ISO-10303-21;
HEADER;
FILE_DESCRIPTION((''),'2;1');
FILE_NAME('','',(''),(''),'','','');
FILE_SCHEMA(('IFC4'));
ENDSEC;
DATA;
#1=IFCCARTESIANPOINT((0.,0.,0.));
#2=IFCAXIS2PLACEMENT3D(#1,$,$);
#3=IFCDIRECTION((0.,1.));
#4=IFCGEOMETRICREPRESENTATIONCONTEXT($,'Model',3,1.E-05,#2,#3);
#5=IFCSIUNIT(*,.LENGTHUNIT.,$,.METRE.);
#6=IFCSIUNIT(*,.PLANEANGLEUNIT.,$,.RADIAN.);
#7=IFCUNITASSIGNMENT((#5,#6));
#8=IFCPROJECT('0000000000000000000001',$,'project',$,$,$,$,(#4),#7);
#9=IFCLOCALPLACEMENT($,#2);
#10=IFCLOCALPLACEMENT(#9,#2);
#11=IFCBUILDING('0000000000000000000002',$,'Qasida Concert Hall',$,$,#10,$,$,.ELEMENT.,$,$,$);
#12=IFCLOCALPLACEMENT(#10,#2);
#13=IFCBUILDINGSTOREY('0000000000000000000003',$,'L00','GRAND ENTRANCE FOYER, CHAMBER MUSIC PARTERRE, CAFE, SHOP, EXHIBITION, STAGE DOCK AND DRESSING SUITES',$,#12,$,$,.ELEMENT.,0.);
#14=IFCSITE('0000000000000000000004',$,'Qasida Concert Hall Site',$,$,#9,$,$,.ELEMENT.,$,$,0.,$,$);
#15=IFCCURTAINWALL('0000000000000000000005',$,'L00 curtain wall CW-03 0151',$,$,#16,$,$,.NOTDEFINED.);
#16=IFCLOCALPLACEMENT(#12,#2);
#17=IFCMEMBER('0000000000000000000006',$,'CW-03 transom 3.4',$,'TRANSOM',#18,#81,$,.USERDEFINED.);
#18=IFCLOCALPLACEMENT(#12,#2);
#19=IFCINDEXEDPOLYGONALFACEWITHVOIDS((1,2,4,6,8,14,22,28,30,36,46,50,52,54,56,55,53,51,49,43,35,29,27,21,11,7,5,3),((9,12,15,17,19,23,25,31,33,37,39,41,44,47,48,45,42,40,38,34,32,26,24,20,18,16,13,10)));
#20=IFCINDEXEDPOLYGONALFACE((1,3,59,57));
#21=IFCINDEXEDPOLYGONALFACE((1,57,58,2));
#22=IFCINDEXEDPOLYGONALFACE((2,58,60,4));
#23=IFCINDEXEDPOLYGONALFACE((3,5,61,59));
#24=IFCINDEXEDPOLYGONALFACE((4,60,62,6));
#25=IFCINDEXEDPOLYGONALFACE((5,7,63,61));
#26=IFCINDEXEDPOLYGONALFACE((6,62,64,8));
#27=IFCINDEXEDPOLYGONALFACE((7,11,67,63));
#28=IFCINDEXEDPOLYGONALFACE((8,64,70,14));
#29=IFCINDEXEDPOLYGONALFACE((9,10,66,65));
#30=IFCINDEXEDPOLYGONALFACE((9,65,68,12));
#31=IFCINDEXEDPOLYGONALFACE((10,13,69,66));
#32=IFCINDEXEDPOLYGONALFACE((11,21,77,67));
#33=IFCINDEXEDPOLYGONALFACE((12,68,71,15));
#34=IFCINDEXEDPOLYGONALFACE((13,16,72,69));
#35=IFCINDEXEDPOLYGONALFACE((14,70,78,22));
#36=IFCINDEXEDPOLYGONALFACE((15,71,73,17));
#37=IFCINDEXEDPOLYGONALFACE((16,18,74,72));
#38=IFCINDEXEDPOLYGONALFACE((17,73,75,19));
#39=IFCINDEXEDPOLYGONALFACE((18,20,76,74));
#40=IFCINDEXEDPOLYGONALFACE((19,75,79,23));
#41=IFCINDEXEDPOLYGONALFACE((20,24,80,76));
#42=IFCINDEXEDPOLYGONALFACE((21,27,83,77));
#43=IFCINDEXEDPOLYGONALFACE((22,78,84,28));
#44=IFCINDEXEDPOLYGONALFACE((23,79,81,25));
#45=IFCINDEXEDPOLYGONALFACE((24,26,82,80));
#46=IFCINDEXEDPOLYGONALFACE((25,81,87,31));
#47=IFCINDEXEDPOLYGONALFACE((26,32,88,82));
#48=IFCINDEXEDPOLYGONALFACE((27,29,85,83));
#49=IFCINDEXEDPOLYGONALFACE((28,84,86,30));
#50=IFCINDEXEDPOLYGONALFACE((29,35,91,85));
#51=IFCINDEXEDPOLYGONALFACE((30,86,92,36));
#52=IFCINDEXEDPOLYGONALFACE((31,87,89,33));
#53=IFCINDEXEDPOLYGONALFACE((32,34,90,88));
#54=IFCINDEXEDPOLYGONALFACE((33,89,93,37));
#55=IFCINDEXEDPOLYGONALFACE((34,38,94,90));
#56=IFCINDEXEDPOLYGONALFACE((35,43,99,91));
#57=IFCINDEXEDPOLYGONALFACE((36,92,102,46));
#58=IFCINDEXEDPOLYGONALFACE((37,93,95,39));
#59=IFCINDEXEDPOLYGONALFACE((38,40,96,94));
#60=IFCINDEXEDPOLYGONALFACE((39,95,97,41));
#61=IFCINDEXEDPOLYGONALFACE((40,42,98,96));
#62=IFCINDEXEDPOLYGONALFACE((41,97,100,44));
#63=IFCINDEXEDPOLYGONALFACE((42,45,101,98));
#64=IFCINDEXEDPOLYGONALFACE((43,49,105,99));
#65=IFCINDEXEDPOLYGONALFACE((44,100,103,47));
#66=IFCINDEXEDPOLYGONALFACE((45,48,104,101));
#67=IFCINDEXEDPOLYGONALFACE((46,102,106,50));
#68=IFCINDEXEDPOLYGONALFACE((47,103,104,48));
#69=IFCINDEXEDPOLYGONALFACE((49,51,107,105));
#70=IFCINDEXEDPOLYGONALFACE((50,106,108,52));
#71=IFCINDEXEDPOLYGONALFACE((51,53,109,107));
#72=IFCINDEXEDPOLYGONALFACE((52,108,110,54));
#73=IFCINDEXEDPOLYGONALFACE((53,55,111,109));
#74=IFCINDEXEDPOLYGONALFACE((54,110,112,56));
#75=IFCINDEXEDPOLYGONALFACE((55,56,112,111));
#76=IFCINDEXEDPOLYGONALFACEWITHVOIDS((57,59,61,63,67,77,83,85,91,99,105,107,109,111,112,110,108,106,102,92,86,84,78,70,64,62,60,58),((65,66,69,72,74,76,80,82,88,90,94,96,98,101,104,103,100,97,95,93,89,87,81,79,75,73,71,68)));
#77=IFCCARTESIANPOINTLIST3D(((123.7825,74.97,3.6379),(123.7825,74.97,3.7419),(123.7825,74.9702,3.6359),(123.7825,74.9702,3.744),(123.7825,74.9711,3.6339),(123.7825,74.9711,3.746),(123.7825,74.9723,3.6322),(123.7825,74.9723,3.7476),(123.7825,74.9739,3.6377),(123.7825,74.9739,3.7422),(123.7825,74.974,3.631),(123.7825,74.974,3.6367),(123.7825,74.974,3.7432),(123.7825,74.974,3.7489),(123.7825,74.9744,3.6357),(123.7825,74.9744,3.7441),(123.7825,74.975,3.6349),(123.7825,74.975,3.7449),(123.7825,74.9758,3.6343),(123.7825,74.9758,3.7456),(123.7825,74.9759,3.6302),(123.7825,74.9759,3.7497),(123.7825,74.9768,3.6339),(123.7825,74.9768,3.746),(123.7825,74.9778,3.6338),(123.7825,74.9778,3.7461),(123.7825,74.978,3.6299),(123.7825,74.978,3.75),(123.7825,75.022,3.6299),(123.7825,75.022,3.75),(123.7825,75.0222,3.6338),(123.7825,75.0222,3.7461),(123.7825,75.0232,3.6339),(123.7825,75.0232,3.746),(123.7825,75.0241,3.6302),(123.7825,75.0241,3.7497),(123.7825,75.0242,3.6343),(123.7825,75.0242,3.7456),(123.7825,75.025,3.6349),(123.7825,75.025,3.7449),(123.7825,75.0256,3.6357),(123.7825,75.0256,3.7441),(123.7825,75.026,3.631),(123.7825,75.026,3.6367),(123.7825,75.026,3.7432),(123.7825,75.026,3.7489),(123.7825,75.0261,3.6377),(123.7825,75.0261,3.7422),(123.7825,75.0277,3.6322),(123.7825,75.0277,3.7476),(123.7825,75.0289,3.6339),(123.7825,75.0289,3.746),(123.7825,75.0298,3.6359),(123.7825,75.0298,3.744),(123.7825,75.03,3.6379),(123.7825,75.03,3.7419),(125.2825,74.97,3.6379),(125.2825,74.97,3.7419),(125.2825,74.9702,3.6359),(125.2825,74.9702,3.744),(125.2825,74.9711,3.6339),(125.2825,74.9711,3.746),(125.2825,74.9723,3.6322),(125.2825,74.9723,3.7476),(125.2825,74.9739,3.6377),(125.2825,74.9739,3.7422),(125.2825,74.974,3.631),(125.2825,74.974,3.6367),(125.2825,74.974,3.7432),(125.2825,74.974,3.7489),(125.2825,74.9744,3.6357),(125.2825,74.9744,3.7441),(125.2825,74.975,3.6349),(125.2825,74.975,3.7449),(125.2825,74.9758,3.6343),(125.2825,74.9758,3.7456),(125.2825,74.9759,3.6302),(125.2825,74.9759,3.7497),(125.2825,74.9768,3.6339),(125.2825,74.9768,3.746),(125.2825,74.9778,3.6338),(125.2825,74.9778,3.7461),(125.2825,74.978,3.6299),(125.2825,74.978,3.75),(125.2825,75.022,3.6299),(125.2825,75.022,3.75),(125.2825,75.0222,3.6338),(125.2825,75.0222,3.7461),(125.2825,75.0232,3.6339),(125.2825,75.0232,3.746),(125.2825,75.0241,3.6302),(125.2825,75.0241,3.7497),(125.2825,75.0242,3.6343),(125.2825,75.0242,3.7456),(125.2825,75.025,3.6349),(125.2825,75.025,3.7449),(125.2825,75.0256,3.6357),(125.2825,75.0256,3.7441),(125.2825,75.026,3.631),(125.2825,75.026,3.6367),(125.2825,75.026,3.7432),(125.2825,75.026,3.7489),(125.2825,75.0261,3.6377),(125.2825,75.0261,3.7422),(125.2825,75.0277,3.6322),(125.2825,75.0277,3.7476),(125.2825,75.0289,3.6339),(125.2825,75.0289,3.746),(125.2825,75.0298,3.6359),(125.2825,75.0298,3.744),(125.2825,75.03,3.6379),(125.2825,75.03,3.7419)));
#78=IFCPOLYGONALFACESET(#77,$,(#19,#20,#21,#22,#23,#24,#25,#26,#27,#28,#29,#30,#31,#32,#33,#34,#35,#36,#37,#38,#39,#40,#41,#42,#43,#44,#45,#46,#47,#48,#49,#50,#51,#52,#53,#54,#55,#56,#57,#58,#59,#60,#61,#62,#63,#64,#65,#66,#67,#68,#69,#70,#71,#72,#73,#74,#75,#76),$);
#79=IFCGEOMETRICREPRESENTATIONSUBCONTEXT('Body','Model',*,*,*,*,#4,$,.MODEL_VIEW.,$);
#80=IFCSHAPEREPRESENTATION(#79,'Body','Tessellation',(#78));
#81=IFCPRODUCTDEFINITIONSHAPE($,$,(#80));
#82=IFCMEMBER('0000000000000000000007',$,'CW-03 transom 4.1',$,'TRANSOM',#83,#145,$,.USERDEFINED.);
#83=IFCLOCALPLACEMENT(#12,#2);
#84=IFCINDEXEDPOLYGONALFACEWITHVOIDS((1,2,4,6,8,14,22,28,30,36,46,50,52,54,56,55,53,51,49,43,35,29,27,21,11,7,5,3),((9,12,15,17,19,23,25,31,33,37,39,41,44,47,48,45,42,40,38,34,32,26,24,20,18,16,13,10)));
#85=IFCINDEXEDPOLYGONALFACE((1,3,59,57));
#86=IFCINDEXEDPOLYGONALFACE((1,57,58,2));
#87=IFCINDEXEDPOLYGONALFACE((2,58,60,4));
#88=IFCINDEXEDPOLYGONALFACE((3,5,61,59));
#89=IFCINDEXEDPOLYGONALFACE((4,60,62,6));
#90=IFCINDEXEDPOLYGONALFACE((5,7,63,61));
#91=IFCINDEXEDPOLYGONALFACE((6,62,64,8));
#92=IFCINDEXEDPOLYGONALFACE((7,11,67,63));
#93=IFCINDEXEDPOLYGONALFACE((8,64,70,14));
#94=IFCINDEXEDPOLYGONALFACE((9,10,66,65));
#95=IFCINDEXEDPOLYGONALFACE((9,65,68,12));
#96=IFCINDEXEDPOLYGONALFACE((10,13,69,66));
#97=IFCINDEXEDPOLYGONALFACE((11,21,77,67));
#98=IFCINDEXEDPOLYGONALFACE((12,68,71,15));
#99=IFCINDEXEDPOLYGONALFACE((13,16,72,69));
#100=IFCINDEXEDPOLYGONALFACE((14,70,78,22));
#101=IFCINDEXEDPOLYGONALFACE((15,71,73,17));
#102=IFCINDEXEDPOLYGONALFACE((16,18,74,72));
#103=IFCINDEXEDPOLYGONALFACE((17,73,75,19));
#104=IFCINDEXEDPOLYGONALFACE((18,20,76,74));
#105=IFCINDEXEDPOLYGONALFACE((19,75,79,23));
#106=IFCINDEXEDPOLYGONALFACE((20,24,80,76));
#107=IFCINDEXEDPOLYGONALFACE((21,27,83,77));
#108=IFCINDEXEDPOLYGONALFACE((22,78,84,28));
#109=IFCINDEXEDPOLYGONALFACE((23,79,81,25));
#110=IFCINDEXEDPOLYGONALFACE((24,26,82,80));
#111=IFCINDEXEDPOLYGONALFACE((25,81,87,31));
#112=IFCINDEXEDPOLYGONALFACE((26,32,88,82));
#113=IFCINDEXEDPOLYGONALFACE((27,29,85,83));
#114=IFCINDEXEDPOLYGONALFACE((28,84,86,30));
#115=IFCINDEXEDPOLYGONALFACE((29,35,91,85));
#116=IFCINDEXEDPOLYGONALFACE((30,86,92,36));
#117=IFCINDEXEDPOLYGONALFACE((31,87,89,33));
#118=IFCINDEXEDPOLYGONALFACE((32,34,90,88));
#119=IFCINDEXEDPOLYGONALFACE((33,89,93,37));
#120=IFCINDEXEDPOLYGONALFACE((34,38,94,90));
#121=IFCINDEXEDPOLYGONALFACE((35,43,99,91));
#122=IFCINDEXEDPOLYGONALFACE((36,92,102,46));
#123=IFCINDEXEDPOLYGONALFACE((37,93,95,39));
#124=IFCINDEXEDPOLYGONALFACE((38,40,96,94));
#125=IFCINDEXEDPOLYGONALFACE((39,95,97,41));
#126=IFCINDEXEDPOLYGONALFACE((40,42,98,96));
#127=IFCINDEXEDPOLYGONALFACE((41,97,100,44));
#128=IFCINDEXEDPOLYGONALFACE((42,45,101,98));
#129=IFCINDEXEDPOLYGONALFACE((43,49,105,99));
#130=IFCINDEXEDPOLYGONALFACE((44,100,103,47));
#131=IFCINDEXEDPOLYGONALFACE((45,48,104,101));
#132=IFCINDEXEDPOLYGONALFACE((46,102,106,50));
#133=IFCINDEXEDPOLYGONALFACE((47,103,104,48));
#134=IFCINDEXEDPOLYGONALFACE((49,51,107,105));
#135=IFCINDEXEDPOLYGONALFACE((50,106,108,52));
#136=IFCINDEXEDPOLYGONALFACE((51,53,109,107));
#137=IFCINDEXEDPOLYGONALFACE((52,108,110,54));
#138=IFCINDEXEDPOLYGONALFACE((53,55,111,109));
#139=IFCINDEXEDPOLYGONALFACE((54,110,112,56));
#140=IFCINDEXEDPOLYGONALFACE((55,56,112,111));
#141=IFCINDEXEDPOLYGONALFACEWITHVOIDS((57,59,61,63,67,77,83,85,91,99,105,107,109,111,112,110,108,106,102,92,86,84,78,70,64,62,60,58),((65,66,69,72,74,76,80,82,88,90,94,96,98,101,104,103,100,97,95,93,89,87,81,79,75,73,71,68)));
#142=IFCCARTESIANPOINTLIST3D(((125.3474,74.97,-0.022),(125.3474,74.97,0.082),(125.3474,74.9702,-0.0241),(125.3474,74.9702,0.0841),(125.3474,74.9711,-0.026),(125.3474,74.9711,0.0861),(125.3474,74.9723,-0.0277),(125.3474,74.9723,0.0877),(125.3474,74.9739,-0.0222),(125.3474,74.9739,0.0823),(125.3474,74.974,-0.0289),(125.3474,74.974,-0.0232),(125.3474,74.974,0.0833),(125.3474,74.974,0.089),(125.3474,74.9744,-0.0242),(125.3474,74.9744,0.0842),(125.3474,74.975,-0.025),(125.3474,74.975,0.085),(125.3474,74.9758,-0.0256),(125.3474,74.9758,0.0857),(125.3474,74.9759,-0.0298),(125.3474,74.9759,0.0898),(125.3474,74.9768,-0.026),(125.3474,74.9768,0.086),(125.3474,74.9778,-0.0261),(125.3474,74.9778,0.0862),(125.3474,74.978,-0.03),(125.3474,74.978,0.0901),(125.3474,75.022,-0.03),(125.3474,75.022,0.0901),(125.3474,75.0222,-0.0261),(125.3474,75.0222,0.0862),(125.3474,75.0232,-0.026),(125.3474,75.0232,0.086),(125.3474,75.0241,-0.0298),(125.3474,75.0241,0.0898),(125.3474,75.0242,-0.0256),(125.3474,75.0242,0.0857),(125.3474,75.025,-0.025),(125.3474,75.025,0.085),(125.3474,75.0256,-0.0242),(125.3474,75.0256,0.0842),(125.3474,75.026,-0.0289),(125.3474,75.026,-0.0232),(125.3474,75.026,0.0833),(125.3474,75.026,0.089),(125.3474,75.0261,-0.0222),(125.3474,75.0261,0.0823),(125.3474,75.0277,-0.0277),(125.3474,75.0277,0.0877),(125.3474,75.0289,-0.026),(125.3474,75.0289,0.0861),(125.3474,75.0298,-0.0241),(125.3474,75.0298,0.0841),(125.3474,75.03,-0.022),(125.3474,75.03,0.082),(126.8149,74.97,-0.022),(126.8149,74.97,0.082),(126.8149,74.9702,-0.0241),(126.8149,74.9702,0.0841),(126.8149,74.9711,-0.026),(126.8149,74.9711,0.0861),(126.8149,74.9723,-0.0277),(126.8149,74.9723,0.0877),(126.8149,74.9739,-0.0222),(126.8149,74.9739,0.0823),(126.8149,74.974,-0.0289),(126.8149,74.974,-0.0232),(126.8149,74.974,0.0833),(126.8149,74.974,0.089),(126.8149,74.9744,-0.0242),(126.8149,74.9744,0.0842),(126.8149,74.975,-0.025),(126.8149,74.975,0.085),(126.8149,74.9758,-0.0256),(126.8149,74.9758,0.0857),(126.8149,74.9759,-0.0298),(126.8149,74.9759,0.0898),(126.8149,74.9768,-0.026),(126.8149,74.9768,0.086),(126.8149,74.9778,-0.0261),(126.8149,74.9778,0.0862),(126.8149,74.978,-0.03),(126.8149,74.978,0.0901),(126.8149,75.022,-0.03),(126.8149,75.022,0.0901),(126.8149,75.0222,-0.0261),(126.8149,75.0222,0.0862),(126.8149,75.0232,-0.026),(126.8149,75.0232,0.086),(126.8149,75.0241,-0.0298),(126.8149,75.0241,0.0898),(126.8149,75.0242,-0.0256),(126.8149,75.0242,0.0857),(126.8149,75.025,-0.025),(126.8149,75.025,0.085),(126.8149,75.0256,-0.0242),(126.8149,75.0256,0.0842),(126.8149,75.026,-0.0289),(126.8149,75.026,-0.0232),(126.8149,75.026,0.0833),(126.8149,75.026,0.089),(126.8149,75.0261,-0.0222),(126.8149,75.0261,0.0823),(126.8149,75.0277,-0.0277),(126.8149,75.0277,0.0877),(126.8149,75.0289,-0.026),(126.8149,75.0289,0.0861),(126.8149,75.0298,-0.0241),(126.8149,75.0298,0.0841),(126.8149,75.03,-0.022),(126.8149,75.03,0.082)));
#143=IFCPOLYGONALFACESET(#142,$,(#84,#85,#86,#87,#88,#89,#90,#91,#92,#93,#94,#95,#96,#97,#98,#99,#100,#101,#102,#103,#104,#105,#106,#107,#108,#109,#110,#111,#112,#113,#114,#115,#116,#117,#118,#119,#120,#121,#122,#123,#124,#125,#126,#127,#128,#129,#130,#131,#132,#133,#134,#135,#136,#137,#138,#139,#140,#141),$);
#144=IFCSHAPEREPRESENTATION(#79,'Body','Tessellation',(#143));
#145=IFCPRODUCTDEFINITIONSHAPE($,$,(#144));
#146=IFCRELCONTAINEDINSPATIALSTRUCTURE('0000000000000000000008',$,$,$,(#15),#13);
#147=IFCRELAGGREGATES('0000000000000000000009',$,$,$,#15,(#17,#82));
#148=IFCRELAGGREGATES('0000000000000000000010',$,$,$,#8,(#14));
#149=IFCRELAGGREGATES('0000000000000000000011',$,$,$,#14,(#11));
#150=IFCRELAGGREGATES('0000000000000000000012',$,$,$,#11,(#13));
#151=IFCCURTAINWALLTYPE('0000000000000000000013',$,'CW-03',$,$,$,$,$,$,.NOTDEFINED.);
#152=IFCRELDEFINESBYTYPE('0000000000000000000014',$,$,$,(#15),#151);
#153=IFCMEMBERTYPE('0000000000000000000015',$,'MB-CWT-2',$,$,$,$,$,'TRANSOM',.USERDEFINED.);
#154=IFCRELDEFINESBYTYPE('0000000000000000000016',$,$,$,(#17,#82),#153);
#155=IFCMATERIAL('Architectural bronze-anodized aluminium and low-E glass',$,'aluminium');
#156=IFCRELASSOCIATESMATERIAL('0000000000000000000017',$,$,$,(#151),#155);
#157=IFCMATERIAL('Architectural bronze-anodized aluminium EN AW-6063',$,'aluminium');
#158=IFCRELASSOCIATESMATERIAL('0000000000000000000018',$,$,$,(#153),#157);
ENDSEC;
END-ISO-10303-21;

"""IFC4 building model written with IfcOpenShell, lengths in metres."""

from ifc_helpers import new_model, si_unit, direction, frame, origin, origin_2d, place, context, subcontext, project, spatial, hollow_rectangle, extrude, material, material_profile, profile_set, type_object, element, aggregate, save


model = new_model("IFC4")

# Units and contexts
model_context = context("Model", 3, precision=1e-05, world=origin(), true_north=direction((0.0, 1.0)))
body_context = subcontext(model_context, "Body", "Model", "MODEL_VIEW")
ifc_project = project(units=[si_unit("LENGTHUNIT", "METRE"), si_unit("PLANEANGLEUNIT", "RADIAN")], contexts=[model_context])

# Site, building, storey
site_placement = place(None, origin())
site = spatial("IfcSite", under=ifc_project, at=site_placement, Name="Qasida Concert Hall Site", CompositionType="ELEMENT", RefElevation=0.0)
building_placement = place(site_placement, origin())
building = spatial("IfcBuilding", under=site, at=building_placement, Name="Qasida Concert Hall", CompositionType="ELEMENT")
storey_placement = place(building_placement, origin())
storey = spatial("IfcBuildingStorey", under=building, at=storey_placement, Name="L00", Description="GRAND ENTRANCE FOYER, CHAMBER MUSIC PARTERRE, CAFE, SHOP, EXHIBITION, STAGE DOCK AND DRESSING SUITES", CompositionType="ELEMENT", Elevation=0.0)

# Curtain wall, members
ifc_material_1 = material(Name="Architectural bronze-anodized aluminium and low-E glass", Category="aluminium")
curtain_wall_type = type_object("IfcCurtainWallType", Name="CW-03", PredefinedType="NOTDEFINED", material=ifc_material_1)
curtain_wall_placement = place(storey_placement, origin())
curtain_wall = element("IfcCurtainWall", 1, at=curtain_wall_placement, inside=storey, type_object=curtain_wall_type, Name="L00 curtain wall CW-03 0151", PredefinedType="NOTDEFINED")
ifc_material_2 = material(Name="Architectural bronze-anodized aluminium EN AW-6063", Category="aluminium")
ifc_material_profile_1 = material_profile(ifc_material_2, hollow_rectangle(XDim=0.0601, YDim=0.1201, WallThickness=0.0039, InnerFilletRadius=0.0039, OuterFilletRadius=0.0081, at=origin_2d()), Name="CWT 120x60x4")
ifc_profile_set_1 = profile_set([ifc_material_profile_1], Name="Architectural bronze-anodized aluminium EN AW-6063")
member_type_1 = type_object("IfcMemberType", Name="MB-CWT-2", ElementType="TRANSOM", PredefinedType="USERDEFINED", material=ifc_profile_set_1)
member_1_placement = place(storey_placement, frame((123.7825, 75.0, 3.6899), z_axis=(1.0, 0.0, 0.0), x_axis=(0.0, 1.0, 0.0)))
member_1 = element("IfcMember", 2, at=member_1_placement, type_object=member_type_1, Name="CW-03 transom 3.4", ObjectType="TRANSOM", PredefinedType="USERDEFINED", context=body_context, shape_type="SweptSolid", body=[
    extrude(hollow_rectangle(XDim=0.0601, YDim=0.1201, WallThickness=0.0039, InnerFilletRadius=0.0039, OuterFilletRadius=0.0081, at=origin_2d()), origin(), (0.0, 0.0, 1.0), 1.5),
])
member_2_placement = place(storey_placement, frame((125.3474, 75.0, 0.03), z_axis=(1.0, 0.0, 0.0), x_axis=(0.0, 1.0, 0.0)))
member_2 = element("IfcMember", 3, at=member_2_placement, type_object=member_type_1, Name="CW-03 transom 4.1", ObjectType="TRANSOM", PredefinedType="USERDEFINED", context=body_context, shape_type="SweptSolid", body=[
    extrude(hollow_rectangle(XDim=0.0601, YDim=0.1201, WallThickness=0.0039, InnerFilletRadius=0.0039, OuterFilletRadius=0.0081, at=origin_2d()), origin(), (0.0, 0.0, 1.0), 1.4675),
])
aggregate(curtain_wall, [member_1, member_2])

save(model, "model.ifc")
